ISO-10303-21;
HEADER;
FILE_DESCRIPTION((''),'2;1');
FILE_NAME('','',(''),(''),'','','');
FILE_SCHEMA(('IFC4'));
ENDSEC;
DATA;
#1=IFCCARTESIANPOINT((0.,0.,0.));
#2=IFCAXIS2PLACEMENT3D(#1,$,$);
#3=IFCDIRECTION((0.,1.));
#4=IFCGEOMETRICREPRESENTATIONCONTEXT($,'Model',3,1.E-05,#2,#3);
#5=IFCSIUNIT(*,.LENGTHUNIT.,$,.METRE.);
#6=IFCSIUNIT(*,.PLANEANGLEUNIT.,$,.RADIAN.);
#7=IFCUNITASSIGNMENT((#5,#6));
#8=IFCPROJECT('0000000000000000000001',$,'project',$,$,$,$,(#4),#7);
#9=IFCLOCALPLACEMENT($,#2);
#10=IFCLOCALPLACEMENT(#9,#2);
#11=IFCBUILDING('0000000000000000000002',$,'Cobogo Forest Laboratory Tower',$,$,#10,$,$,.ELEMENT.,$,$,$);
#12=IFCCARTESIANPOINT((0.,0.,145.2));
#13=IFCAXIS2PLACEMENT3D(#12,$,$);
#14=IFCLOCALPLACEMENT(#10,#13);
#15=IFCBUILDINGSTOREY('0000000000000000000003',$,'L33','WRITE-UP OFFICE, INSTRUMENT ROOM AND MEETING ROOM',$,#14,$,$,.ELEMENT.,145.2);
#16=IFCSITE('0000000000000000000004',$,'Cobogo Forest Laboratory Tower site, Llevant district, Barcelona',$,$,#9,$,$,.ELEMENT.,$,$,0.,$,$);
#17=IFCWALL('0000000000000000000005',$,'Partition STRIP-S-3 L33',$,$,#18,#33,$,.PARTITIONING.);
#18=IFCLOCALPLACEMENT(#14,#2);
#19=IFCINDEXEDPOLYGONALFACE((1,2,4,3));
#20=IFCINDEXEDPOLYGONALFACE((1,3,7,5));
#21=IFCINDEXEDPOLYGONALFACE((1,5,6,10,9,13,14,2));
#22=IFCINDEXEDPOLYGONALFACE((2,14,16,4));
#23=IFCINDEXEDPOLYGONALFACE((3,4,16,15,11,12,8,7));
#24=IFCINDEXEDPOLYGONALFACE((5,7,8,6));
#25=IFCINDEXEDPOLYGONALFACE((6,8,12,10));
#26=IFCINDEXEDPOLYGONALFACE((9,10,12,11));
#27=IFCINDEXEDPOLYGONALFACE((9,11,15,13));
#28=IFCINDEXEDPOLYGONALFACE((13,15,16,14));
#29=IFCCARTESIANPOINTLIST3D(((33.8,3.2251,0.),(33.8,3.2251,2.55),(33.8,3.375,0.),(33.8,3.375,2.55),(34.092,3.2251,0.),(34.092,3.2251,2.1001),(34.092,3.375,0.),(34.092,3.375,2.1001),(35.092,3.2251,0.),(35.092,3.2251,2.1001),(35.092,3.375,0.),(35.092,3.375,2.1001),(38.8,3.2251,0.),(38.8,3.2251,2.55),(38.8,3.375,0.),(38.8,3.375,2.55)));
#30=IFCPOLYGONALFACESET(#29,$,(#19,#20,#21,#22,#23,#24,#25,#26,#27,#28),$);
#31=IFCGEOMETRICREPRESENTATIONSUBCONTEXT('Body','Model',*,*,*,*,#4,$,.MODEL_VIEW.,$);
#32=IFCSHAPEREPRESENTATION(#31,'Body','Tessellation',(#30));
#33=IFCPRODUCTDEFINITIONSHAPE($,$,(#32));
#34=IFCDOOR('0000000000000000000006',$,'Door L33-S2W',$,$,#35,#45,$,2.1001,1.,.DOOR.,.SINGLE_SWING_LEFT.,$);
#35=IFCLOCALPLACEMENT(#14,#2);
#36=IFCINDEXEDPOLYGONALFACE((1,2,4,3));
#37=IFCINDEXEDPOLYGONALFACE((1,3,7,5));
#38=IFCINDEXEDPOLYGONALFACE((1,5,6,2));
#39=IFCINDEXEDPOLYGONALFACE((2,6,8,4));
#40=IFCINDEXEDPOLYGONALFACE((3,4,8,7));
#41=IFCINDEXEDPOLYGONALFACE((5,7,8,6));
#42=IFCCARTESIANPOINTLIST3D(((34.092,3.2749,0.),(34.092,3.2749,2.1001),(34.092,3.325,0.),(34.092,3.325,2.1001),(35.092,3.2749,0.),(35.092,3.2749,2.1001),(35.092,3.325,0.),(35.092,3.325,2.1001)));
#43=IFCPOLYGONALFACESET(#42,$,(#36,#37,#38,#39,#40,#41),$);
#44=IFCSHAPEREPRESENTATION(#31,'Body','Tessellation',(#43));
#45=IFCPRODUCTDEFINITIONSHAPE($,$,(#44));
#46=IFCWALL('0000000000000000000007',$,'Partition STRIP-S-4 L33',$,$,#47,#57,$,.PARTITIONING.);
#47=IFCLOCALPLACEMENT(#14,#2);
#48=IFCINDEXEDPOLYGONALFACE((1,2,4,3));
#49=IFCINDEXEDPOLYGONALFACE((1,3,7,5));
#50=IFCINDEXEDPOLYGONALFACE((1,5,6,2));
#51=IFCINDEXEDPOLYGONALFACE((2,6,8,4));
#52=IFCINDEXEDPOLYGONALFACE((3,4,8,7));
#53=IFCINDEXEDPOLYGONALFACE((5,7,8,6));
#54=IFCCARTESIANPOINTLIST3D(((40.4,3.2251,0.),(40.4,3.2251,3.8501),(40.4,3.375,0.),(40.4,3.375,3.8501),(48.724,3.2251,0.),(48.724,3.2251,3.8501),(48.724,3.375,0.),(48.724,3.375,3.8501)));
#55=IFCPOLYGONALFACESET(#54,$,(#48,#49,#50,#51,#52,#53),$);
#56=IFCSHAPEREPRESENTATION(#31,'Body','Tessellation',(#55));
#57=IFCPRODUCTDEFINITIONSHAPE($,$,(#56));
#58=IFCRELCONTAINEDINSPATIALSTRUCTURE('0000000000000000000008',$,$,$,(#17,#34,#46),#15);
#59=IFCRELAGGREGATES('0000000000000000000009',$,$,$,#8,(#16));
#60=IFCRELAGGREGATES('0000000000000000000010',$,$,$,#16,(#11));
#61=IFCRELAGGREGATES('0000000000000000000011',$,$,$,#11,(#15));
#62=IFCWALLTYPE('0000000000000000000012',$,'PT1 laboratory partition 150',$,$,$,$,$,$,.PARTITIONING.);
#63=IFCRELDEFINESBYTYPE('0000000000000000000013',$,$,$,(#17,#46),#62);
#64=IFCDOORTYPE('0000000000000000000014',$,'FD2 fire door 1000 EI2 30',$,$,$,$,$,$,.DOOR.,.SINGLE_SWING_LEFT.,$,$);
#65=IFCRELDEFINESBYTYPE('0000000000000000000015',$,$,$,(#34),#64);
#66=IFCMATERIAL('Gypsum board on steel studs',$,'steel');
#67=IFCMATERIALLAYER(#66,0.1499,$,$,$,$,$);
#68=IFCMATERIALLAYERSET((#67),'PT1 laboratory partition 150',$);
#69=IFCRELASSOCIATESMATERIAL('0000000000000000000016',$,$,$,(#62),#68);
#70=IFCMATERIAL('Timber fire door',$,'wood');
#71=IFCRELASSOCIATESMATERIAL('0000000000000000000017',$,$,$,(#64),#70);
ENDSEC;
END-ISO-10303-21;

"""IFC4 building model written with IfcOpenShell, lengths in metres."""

from ifc_helpers import new_model, si_unit, direction, frame, frame_2d, origin, place, context, subcontext, project, spatial, rectangle, extrude, material, layer, layer_set, type_object, element, fill, save


model = new_model("IFC4")

# Units and contexts
model_context = context("Model", 3, precision=1e-05, world=origin(), true_north=direction((0.0, 1.0)))
body_context = subcontext(model_context, "Body", "Model", "MODEL_VIEW")
ifc_project = project(units=[si_unit("LENGTHUNIT", "METRE"), si_unit("PLANEANGLEUNIT", "RADIAN")], contexts=[model_context])

# Site, building, storey
site_placement = place(None, origin())
site = spatial("IfcSite", under=ifc_project, at=site_placement, Name="Cobogo Forest Laboratory Tower site, Llevant district, Barcelona", CompositionType="ELEMENT", RefElevation=0.0)
building_placement = place(site_placement, origin())
building = spatial("IfcBuilding", under=site, at=building_placement, Name="Cobogo Forest Laboratory Tower", CompositionType="ELEMENT")
storey_placement = place(building_placement, frame((0.0, 0.0, 145.2)))
storey = spatial("IfcBuildingStorey", under=building, at=storey_placement, Name="L33", Description="WRITE-UP OFFICE, INSTRUMENT ROOM AND MEETING ROOM", CompositionType="ELEMENT", Elevation=145.2)

# Wall, opening, door
ifc_material_1 = material(Name="Gypsum board on steel studs", Category="steel")
ifc_layer_1 = layer(ifc_material_1, 0.1499)
ifc_layer_set_1 = layer_set([ifc_layer_1], Name="PT1 laboratory partition 150")
wall_type_1 = type_object("IfcWallType", Name="PT1 laboratory partition 150", PredefinedType="PARTITIONING", material=ifc_layer_set_1)
wall_1_placement = place(storey_placement, frame((33.8, 3.3, 0.0), z_axis=(0.0, 0.0, 1.0), x_axis=(1.0, 0.0, 0.0)))
wall_1 = element("IfcWall", 1, at=wall_1_placement, inside=storey, type_object=wall_type_1, Name="Partition STRIP-S-3 L33", PredefinedType="PARTITIONING", context=body_context, shape_type="SweptSolid", body=[
    extrude(rectangle(XDim=5.0, YDim=0.1499, at=frame_2d((2.5, 0.0))), origin(), (0.0, 0.0, 1.0), 2.55),
])
opening_1_placement = place(wall_1_placement, frame((0.292, 0.0, 0.0)))
opening_1 = element("IfcOpeningElement", 2, at=opening_1_placement, cuts=wall_1, PredefinedType="OPENING", context=body_context, shape_type="SweptSolid", body=[
    extrude(rectangle(XDim=1.0, YDim=2.1001, at=frame_2d((0.5, 1.05))), frame((0.0, 0.085, 0.0), z_axis=(0.0, -1.0, 0.0), x_axis=(1.0, 0.0, 0.0)), (0.0, 0.0, 1.0), 0.1699),
])
ifc_material_2 = material(Name="Timber fire door", Category="wood")
door_type_1 = type_object("IfcDoorType", Name="FD2 fire door 1000 EI2 30", OperationType="SINGLE_SWING_LEFT", PredefinedType="DOOR", material=ifc_material_2)
door_1_placement = place(opening_1_placement, origin())
door_1 = element("IfcDoor", 3, at=door_1_placement, inside=storey, type_object=door_type_1, Name="Door L33-S2W", OperationType="SINGLE_SWING_LEFT", OverallHeight=2.1001, OverallWidth=1.0, PredefinedType="DOOR", context=body_context, shape_type="SweptSolid", body=[
    extrude(rectangle(XDim=1.0, YDim=2.1001, at=frame_2d((0.5, 1.05))), frame((0.0, 0.0249, 0.0), z_axis=(0.0, -1.0, 0.0), x_axis=(1.0, 0.0, 0.0)), (0.0, 0.0, 1.0), 0.05),
])
fill(opening_1, door_1)

# Wall
wall_2_placement = place(storey_placement, frame((40.3999, 3.3, 0.0), z_axis=(0.0, 0.0, 1.0), x_axis=(1.0, 0.0, 0.0)))
element("IfcWall", 4, at=wall_2_placement, inside=storey, type_object=wall_type_1, Name="Partition STRIP-S-4 L33", PredefinedType="PARTITIONING", context=body_context, shape_type="SweptSolid", body=[
    extrude(rectangle(XDim=8.324, YDim=0.1499, at=frame_2d((4.1621, 0.0))), origin(), (0.0, 0.0, 1.0), 3.8501),
])

save(model, "model.ifc")
